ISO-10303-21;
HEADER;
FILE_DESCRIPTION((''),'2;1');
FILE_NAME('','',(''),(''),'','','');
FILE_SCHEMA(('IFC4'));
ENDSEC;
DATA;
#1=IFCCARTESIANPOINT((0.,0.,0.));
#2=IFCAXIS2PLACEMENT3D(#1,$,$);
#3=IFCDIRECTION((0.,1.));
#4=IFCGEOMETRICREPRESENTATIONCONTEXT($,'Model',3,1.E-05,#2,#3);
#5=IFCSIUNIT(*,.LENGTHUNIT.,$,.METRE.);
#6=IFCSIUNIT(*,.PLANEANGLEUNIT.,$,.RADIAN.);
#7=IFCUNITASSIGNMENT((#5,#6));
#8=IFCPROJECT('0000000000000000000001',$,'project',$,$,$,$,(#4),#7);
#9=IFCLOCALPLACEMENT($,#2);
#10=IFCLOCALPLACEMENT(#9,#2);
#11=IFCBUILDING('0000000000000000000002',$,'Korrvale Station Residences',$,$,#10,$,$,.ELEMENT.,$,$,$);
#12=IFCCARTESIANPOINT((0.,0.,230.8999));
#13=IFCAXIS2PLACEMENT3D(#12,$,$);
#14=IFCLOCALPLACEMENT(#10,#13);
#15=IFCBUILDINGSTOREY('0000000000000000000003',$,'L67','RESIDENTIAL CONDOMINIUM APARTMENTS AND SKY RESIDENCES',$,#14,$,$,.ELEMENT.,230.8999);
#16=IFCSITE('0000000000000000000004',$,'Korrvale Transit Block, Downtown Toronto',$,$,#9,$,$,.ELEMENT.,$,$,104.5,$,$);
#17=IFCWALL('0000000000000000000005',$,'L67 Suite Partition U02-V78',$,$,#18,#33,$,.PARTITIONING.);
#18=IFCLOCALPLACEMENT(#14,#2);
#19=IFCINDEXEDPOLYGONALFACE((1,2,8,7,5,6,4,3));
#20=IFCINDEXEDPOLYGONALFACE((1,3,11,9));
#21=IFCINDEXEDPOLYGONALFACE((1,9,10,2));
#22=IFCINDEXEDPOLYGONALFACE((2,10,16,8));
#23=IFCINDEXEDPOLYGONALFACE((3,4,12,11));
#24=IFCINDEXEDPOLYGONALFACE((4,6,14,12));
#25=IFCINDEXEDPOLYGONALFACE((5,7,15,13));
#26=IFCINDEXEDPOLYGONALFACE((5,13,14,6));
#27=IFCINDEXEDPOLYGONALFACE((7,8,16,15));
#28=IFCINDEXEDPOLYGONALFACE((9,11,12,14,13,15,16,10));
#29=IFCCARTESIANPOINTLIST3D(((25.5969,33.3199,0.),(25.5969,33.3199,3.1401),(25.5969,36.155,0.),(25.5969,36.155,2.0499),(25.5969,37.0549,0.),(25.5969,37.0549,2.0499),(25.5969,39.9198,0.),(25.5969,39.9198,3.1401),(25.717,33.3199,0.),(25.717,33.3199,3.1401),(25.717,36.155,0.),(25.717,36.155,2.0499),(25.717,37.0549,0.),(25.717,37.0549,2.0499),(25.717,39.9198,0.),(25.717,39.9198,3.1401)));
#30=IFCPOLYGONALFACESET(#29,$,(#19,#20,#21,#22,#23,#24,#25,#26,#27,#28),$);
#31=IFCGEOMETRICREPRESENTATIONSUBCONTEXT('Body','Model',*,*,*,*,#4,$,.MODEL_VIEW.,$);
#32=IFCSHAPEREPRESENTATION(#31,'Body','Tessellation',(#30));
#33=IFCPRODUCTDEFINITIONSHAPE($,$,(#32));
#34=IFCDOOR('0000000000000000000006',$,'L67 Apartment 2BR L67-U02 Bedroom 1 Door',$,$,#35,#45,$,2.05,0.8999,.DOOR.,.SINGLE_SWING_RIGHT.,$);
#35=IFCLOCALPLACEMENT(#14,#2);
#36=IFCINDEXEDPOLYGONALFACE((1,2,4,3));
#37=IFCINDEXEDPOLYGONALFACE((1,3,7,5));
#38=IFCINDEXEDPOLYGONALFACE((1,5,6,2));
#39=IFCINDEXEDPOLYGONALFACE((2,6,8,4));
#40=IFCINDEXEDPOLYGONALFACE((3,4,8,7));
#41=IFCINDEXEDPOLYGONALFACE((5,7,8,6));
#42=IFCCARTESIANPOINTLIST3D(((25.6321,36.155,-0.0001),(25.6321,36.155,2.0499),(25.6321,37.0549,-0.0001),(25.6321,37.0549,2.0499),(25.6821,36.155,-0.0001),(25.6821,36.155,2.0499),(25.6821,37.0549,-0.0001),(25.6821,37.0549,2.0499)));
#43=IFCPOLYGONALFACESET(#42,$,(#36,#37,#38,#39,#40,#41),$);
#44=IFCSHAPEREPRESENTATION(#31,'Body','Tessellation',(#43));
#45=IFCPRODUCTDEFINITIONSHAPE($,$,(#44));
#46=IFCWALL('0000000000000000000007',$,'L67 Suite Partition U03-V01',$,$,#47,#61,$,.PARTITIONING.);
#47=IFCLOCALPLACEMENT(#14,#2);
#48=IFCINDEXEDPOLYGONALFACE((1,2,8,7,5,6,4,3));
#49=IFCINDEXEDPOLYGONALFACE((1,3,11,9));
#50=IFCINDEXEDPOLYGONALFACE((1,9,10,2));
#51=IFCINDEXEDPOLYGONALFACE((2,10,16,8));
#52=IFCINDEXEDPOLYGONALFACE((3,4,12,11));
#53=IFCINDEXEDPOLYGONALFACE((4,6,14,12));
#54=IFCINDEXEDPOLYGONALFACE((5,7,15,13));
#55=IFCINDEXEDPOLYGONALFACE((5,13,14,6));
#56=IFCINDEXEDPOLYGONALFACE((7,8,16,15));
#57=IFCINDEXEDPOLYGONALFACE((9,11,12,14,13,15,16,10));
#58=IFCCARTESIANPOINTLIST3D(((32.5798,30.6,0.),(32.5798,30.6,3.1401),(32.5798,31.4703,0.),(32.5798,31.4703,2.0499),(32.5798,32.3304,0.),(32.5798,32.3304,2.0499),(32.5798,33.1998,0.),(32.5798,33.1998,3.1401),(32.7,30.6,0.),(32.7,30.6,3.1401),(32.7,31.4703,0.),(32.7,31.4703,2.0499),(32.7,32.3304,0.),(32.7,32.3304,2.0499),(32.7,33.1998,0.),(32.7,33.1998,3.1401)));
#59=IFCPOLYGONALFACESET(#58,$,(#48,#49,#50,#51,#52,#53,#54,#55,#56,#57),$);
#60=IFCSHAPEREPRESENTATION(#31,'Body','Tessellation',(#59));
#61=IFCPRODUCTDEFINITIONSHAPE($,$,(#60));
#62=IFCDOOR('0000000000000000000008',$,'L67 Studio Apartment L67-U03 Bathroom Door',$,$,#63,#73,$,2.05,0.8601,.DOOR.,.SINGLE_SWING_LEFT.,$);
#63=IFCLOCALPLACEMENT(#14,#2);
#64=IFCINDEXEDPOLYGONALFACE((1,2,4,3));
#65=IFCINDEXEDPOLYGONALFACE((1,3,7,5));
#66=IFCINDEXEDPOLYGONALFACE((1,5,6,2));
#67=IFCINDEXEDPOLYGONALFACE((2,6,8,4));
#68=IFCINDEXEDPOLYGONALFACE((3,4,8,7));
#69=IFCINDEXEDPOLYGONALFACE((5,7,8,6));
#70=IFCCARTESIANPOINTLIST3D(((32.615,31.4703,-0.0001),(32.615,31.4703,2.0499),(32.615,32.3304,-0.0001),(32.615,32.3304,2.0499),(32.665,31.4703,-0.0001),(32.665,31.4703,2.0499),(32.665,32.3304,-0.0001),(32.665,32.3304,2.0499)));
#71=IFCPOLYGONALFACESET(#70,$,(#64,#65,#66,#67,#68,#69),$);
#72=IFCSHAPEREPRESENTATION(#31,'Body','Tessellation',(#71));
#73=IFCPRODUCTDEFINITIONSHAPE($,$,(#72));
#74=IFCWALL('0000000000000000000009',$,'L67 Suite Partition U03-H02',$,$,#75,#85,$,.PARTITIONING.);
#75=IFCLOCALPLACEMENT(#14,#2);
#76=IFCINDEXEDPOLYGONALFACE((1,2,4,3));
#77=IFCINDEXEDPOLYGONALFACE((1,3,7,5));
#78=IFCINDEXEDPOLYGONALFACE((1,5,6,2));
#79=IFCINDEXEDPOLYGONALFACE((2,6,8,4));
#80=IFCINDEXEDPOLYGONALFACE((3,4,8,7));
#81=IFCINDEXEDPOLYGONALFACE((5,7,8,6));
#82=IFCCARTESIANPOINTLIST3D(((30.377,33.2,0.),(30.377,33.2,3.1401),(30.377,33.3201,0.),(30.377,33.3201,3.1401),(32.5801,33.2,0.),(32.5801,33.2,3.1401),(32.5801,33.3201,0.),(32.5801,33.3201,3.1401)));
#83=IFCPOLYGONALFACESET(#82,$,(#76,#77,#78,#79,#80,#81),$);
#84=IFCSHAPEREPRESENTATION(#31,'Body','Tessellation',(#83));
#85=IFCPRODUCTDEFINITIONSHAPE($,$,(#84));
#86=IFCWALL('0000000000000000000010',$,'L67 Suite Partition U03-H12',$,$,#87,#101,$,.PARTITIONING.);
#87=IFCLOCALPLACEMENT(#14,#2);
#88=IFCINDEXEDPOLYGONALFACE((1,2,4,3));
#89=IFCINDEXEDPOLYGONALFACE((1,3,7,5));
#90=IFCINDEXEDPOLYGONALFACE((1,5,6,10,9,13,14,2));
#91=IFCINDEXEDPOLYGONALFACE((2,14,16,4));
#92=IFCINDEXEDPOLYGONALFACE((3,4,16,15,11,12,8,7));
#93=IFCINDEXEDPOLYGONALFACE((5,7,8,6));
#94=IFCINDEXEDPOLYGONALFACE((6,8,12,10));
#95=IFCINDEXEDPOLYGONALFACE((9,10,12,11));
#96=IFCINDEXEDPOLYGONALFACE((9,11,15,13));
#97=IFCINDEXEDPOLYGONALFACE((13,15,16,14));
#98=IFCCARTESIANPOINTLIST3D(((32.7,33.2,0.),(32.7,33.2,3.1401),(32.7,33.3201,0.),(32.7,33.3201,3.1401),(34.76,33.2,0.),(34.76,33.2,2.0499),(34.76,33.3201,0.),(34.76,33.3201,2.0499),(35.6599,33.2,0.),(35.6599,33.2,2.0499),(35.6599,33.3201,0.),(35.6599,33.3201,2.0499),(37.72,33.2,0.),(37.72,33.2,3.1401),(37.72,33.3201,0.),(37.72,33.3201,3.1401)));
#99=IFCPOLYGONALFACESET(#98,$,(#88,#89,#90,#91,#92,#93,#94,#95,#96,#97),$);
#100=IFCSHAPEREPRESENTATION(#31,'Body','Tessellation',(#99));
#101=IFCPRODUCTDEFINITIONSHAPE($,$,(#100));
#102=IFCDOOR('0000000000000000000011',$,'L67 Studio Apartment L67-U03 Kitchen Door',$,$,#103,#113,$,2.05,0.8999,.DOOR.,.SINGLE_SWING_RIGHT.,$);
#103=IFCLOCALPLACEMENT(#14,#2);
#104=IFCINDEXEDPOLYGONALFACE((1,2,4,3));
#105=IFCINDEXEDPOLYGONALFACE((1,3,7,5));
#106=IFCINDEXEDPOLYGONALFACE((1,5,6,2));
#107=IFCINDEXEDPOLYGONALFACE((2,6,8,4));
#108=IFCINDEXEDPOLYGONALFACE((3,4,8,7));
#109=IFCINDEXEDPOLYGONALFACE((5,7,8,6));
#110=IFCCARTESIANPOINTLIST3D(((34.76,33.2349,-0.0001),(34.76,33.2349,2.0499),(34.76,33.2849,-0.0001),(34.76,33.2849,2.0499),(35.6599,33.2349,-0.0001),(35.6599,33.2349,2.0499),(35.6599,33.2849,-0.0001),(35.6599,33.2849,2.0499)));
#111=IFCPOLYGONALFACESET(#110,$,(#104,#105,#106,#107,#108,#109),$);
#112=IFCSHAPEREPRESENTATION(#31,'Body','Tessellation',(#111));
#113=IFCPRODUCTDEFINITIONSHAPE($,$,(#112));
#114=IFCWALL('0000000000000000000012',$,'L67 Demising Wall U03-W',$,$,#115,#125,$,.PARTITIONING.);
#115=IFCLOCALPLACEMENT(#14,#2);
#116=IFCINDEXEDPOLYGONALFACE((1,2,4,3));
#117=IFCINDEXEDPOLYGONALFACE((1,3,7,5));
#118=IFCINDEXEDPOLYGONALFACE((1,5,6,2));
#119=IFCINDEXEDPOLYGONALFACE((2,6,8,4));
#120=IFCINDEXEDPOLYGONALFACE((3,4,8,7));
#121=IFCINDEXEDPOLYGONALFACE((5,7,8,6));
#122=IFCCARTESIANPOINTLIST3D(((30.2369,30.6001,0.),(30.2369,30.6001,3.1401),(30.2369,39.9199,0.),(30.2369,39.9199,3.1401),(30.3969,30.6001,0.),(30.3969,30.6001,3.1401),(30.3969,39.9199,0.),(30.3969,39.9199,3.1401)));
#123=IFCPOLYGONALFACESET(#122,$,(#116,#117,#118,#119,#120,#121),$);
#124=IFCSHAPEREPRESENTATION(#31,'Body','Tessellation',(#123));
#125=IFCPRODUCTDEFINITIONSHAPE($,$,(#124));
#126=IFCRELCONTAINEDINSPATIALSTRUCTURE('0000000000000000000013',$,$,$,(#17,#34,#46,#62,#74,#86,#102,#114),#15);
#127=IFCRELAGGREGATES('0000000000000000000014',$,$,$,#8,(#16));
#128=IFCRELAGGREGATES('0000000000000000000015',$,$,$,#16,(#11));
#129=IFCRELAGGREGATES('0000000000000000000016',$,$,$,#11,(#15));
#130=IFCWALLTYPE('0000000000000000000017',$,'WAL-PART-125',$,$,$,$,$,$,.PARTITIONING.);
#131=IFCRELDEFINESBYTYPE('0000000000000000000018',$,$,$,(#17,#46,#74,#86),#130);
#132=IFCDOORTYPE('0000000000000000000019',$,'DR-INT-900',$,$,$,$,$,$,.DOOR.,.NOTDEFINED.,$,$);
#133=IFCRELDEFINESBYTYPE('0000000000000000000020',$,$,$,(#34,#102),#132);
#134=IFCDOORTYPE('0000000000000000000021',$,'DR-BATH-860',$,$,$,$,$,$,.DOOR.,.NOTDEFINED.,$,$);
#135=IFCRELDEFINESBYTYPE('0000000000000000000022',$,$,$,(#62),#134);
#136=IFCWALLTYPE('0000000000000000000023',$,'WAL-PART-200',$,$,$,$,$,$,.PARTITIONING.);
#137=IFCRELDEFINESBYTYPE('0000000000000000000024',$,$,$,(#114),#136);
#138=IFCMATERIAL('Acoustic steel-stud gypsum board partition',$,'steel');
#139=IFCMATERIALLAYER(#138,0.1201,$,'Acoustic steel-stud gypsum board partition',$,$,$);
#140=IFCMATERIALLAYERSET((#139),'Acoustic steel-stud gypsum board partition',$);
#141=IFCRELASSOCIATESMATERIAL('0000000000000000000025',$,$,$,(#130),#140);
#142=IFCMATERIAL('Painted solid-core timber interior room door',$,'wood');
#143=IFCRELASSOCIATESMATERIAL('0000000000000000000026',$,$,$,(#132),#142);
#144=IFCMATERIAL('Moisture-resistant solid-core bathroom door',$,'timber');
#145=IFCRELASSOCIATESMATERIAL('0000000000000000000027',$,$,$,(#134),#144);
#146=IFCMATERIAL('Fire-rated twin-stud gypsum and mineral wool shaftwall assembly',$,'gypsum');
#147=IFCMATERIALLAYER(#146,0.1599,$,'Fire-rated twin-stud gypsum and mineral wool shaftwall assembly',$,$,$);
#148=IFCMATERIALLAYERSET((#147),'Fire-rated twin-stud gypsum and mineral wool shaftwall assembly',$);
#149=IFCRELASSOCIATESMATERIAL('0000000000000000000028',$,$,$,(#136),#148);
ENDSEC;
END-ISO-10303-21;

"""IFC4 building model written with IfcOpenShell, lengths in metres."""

from ifc_helpers import new_model, si_unit, direction, frame, frame_2d, origin, place, context, subcontext, project, spatial, rectangle, extrude, material, layer, layer_set, type_object, element, fill, save


model = new_model("IFC4")

# Units and contexts
model_context = context("Model", 3, precision=1e-05, world=origin(), true_north=direction((0.0, 1.0)))
body_context = subcontext(model_context, "Body", "Model", "MODEL_VIEW")
ifc_project = project(units=[si_unit("LENGTHUNIT", "METRE"), si_unit("PLANEANGLEUNIT", "RADIAN")], contexts=[model_context])

# Site, building, storey
site_placement = place(None, origin())
site = spatial("IfcSite", under=ifc_project, at=site_placement, Name="Korrvale Transit Block, Downtown Toronto", CompositionType="ELEMENT", RefElevation=104.5)
building_placement = place(site_placement, origin())
building = spatial("IfcBuilding", under=site, at=building_placement, Name="Korrvale Station Residences", CompositionType="ELEMENT")
storey_placement = place(building_placement, frame((0.0, 0.0, 230.8999)))
storey = spatial("IfcBuildingStorey", under=building, at=storey_placement, Name="L67", Description="RESIDENTIAL CONDOMINIUM APARTMENTS AND SKY RESIDENCES", CompositionType="ELEMENT", Elevation=230.8999)

# Walls, openings, doors
ifc_material_1 = material(Name="Acoustic steel-stud gypsum board partition", Category="steel")
ifc_layer_1 = layer(ifc_material_1, 0.1201, Name="Acoustic steel-stud gypsum board partition")
ifc_layer_set_1 = layer_set([ifc_layer_1], Name="Acoustic steel-stud gypsum board partition")
wall_type_1 = type_object("IfcWallType", Name="WAL-PART-125", PredefinedType="PARTITIONING", material=ifc_layer_set_1)
ifc_material_2 = material(Name="Painted solid-core timber interior room door", Category="wood")
door_type_1 = type_object("IfcDoorType", Name="DR-INT-900", OperationType="NOTDEFINED", PredefinedType="DOOR", material=ifc_material_2)
wall_1_placement = place(storey_placement, frame((25.657, 33.3201, 0.0), z_axis=(0.0, 0.0, 1.0), x_axis=(0.0, 1.0, 0.0)))
wall_1 = element("IfcWall", 1, at=wall_1_placement, inside=storey, type_object=wall_type_1, Name="L67 Suite Partition U02-V78", PredefinedType="PARTITIONING", context=body_context, shape_type="SweptSolid", body=[
    extrude(rectangle(XDim=6.5999, YDim=0.1201, at=frame_2d((3.2998, 0.0))), origin(), (0.0, 0.0, 1.0), 3.1401),
])
opening_1_placement = place(wall_1_placement, frame((2.835, 0.0, 0.0)))
opening_1 = element("IfcOpeningElement", 2, at=opening_1_placement, cuts=wall_1, PredefinedType="OPENING", context=body_context, shape_type="SweptSolid", body=[
    extrude(rectangle(XDim=0.8999, YDim=2.05, at=frame_2d((0.45, 1.0249))), frame((0.0, 0.0701, 0.0), z_axis=(0.0, -1.0, 0.0), x_axis=(1.0, 0.0, 0.0)), (0.0, 0.0, 1.0), 0.1401),
])
door_1_placement = place(opening_1_placement, origin())
door_1 = element("IfcDoor", 3, at=door_1_placement, inside=storey, type_object=door_type_1, Name="L67 Apartment 2BR L67-U02 Bedroom 1 Door", OperationType="SINGLE_SWING_RIGHT", OverallHeight=2.05, OverallWidth=0.8999, PredefinedType="DOOR", context=body_context, shape_type="SweptSolid", body=[
    extrude(rectangle(XDim=0.8999, YDim=2.05, at=frame_2d((0.45, 1.0249))), frame((0.0, 0.0249, 0.0), z_axis=(0.0, -1.0, 0.0), x_axis=(1.0, 0.0, 0.0)), (0.0, 0.0, 1.0), 0.05),
])
fill(opening_1, door_1)
wall_2_placement = place(storey_placement, frame((32.6399, 30.6001, 0.0), z_axis=(0.0, 0.0, 1.0), x_axis=(0.0, 1.0, 0.0)))
wall_2 = element("IfcWall", 4, at=wall_2_placement, inside=storey, type_object=wall_type_1, Name="L67 Suite Partition U03-V01", PredefinedType="PARTITIONING", context=body_context, shape_type="SweptSolid", body=[
    extrude(rectangle(XDim=2.5999, YDim=0.1201, at=frame_2d((1.2998, 0.0))), origin(), (0.0, 0.0, 1.0), 3.1401),
])
opening_2_placement = place(wall_2_placement, frame((0.8701, 0.0, 0.0)))
opening_2 = element("IfcOpeningElement", 5, at=opening_2_placement, cuts=wall_2, PredefinedType="OPENING", context=body_context, shape_type="SweptSolid", body=[
    extrude(rectangle(XDim=0.8601, YDim=2.05, at=frame_2d((0.4302, 1.0249))), frame((0.0, 0.0701, 0.0), z_axis=(0.0, -1.0, 0.0), x_axis=(1.0, 0.0, 0.0)), (0.0, 0.0, 1.0), 0.1401),
])
ifc_material_3 = material(Name="Moisture-resistant solid-core bathroom door", Category="timber")
door_type_2 = type_object("IfcDoorType", Name="DR-BATH-860", OperationType="NOTDEFINED", PredefinedType="DOOR", material=ifc_material_3)
door_2_placement = place(opening_2_placement, origin())
door_2 = element("IfcDoor", 6, at=door_2_placement, inside=storey, type_object=door_type_2, Name="L67 Studio Apartment L67-U03 Bathroom Door", OperationType="SINGLE_SWING_LEFT", OverallHeight=2.05, OverallWidth=0.8601, PredefinedType="DOOR", context=body_context, shape_type="SweptSolid", body=[
    extrude(rectangle(XDim=0.8601, YDim=2.05, at=frame_2d((0.4302, 1.0249))), frame((0.0, 0.0249, 0.0), z_axis=(0.0, -1.0, 0.0), x_axis=(1.0, 0.0, 0.0)), (0.0, 0.0, 1.0), 0.05),
])
fill(opening_2, door_2)

# Wall
wall_3_placement = place(storey_placement, frame((30.377, 33.26, 0.0), z_axis=(0.0, 0.0, 1.0), x_axis=(1.0, 0.0, 0.0)))
element("IfcWall", 7, at=wall_3_placement, inside=storey, type_object=wall_type_1, Name="L67 Suite Partition U03-H02", PredefinedType="PARTITIONING", context=body_context, shape_type="SweptSolid", body=[
    extrude(rectangle(XDim=2.2031, YDim=0.1201, at=frame_2d((1.1016, 0.0))), origin(), (0.0, 0.0, 1.0), 3.1401),
])

# Wall, opening, door
wall_4_placement = place(storey_placement, frame((32.7, 33.26, 0.0), z_axis=(0.0, 0.0, 1.0), x_axis=(1.0, 0.0, 0.0)))
wall_4 = element("IfcWall", 8, at=wall_4_placement, inside=storey, type_object=wall_type_1, Name="L67 Suite Partition U03-H12", PredefinedType="PARTITIONING", context=body_context, shape_type="SweptSolid", body=[
    extrude(rectangle(XDim=5.02, YDim=0.1201, at=frame_2d((2.51, 0.0))), origin(), (0.0, 0.0, 1.0), 3.1401),
])
opening_3_placement = place(wall_4_placement, frame((2.0601, 0.0, 0.0)))
opening_3 = element("IfcOpeningElement", 9, at=opening_3_placement, cuts=wall_4, PredefinedType="OPENING", context=body_context, shape_type="SweptSolid", body=[
    extrude(rectangle(XDim=0.8999, YDim=2.05, at=frame_2d((0.45, 1.0249))), frame((0.0, 0.0701, 0.0), z_axis=(0.0, -1.0, 0.0), x_axis=(1.0, 0.0, 0.0)), (0.0, 0.0, 1.0), 0.1401),
])
door_3_placement = place(opening_3_placement, origin())
door_3 = element("IfcDoor", 10, at=door_3_placement, inside=storey, type_object=door_type_1, Name="L67 Studio Apartment L67-U03 Kitchen Door", OperationType="SINGLE_SWING_RIGHT", OverallHeight=2.05, OverallWidth=0.8999, PredefinedType="DOOR", context=body_context, shape_type="SweptSolid", body=[
    extrude(rectangle(XDim=0.8999, YDim=2.05, at=frame_2d((0.45, 1.0249))), frame((0.0, 0.0249, 0.0), z_axis=(0.0, -1.0, 0.0), x_axis=(1.0, 0.0, 0.0)), (0.0, 0.0, 1.0), 0.05),
])
fill(opening_3, door_3)

# Wall
ifc_material_4 = material(Name="Fire-rated twin-stud gypsum and mineral wool shaftwall assembly", Category="gypsum")
ifc_layer_2 = layer(ifc_material_4, 0.1599, Name="Fire-rated twin-stud gypsum and mineral wool shaftwall assembly")
ifc_layer_set_2 = layer_set([ifc_layer_2], Name="Fire-rated twin-stud gypsum and mineral wool shaftwall assembly")
wall_type_2 = type_object("IfcWallType", Name="WAL-PART-200", PredefinedType="PARTITIONING", material=ifc_layer_set_2)
wall_5_placement = place(storey_placement, frame((30.3169, 30.6001, 0.0), z_axis=(0.0, 0.0, 1.0), x_axis=(0.0, 1.0, 0.0)))
element("IfcWall", 11, at=wall_5_placement, inside=storey, type_object=wall_type_2, Name="L67 Demising Wall U03-W", PredefinedType="PARTITIONING", context=body_context, shape_type="SweptSolid", body=[
    extrude(rectangle(XDim=9.3198, YDim=0.1599, at=frame_2d((4.6599, 0.0))), origin(), (0.0, 0.0, 1.0), 3.1401),
])

save(model, "model.ifc")
